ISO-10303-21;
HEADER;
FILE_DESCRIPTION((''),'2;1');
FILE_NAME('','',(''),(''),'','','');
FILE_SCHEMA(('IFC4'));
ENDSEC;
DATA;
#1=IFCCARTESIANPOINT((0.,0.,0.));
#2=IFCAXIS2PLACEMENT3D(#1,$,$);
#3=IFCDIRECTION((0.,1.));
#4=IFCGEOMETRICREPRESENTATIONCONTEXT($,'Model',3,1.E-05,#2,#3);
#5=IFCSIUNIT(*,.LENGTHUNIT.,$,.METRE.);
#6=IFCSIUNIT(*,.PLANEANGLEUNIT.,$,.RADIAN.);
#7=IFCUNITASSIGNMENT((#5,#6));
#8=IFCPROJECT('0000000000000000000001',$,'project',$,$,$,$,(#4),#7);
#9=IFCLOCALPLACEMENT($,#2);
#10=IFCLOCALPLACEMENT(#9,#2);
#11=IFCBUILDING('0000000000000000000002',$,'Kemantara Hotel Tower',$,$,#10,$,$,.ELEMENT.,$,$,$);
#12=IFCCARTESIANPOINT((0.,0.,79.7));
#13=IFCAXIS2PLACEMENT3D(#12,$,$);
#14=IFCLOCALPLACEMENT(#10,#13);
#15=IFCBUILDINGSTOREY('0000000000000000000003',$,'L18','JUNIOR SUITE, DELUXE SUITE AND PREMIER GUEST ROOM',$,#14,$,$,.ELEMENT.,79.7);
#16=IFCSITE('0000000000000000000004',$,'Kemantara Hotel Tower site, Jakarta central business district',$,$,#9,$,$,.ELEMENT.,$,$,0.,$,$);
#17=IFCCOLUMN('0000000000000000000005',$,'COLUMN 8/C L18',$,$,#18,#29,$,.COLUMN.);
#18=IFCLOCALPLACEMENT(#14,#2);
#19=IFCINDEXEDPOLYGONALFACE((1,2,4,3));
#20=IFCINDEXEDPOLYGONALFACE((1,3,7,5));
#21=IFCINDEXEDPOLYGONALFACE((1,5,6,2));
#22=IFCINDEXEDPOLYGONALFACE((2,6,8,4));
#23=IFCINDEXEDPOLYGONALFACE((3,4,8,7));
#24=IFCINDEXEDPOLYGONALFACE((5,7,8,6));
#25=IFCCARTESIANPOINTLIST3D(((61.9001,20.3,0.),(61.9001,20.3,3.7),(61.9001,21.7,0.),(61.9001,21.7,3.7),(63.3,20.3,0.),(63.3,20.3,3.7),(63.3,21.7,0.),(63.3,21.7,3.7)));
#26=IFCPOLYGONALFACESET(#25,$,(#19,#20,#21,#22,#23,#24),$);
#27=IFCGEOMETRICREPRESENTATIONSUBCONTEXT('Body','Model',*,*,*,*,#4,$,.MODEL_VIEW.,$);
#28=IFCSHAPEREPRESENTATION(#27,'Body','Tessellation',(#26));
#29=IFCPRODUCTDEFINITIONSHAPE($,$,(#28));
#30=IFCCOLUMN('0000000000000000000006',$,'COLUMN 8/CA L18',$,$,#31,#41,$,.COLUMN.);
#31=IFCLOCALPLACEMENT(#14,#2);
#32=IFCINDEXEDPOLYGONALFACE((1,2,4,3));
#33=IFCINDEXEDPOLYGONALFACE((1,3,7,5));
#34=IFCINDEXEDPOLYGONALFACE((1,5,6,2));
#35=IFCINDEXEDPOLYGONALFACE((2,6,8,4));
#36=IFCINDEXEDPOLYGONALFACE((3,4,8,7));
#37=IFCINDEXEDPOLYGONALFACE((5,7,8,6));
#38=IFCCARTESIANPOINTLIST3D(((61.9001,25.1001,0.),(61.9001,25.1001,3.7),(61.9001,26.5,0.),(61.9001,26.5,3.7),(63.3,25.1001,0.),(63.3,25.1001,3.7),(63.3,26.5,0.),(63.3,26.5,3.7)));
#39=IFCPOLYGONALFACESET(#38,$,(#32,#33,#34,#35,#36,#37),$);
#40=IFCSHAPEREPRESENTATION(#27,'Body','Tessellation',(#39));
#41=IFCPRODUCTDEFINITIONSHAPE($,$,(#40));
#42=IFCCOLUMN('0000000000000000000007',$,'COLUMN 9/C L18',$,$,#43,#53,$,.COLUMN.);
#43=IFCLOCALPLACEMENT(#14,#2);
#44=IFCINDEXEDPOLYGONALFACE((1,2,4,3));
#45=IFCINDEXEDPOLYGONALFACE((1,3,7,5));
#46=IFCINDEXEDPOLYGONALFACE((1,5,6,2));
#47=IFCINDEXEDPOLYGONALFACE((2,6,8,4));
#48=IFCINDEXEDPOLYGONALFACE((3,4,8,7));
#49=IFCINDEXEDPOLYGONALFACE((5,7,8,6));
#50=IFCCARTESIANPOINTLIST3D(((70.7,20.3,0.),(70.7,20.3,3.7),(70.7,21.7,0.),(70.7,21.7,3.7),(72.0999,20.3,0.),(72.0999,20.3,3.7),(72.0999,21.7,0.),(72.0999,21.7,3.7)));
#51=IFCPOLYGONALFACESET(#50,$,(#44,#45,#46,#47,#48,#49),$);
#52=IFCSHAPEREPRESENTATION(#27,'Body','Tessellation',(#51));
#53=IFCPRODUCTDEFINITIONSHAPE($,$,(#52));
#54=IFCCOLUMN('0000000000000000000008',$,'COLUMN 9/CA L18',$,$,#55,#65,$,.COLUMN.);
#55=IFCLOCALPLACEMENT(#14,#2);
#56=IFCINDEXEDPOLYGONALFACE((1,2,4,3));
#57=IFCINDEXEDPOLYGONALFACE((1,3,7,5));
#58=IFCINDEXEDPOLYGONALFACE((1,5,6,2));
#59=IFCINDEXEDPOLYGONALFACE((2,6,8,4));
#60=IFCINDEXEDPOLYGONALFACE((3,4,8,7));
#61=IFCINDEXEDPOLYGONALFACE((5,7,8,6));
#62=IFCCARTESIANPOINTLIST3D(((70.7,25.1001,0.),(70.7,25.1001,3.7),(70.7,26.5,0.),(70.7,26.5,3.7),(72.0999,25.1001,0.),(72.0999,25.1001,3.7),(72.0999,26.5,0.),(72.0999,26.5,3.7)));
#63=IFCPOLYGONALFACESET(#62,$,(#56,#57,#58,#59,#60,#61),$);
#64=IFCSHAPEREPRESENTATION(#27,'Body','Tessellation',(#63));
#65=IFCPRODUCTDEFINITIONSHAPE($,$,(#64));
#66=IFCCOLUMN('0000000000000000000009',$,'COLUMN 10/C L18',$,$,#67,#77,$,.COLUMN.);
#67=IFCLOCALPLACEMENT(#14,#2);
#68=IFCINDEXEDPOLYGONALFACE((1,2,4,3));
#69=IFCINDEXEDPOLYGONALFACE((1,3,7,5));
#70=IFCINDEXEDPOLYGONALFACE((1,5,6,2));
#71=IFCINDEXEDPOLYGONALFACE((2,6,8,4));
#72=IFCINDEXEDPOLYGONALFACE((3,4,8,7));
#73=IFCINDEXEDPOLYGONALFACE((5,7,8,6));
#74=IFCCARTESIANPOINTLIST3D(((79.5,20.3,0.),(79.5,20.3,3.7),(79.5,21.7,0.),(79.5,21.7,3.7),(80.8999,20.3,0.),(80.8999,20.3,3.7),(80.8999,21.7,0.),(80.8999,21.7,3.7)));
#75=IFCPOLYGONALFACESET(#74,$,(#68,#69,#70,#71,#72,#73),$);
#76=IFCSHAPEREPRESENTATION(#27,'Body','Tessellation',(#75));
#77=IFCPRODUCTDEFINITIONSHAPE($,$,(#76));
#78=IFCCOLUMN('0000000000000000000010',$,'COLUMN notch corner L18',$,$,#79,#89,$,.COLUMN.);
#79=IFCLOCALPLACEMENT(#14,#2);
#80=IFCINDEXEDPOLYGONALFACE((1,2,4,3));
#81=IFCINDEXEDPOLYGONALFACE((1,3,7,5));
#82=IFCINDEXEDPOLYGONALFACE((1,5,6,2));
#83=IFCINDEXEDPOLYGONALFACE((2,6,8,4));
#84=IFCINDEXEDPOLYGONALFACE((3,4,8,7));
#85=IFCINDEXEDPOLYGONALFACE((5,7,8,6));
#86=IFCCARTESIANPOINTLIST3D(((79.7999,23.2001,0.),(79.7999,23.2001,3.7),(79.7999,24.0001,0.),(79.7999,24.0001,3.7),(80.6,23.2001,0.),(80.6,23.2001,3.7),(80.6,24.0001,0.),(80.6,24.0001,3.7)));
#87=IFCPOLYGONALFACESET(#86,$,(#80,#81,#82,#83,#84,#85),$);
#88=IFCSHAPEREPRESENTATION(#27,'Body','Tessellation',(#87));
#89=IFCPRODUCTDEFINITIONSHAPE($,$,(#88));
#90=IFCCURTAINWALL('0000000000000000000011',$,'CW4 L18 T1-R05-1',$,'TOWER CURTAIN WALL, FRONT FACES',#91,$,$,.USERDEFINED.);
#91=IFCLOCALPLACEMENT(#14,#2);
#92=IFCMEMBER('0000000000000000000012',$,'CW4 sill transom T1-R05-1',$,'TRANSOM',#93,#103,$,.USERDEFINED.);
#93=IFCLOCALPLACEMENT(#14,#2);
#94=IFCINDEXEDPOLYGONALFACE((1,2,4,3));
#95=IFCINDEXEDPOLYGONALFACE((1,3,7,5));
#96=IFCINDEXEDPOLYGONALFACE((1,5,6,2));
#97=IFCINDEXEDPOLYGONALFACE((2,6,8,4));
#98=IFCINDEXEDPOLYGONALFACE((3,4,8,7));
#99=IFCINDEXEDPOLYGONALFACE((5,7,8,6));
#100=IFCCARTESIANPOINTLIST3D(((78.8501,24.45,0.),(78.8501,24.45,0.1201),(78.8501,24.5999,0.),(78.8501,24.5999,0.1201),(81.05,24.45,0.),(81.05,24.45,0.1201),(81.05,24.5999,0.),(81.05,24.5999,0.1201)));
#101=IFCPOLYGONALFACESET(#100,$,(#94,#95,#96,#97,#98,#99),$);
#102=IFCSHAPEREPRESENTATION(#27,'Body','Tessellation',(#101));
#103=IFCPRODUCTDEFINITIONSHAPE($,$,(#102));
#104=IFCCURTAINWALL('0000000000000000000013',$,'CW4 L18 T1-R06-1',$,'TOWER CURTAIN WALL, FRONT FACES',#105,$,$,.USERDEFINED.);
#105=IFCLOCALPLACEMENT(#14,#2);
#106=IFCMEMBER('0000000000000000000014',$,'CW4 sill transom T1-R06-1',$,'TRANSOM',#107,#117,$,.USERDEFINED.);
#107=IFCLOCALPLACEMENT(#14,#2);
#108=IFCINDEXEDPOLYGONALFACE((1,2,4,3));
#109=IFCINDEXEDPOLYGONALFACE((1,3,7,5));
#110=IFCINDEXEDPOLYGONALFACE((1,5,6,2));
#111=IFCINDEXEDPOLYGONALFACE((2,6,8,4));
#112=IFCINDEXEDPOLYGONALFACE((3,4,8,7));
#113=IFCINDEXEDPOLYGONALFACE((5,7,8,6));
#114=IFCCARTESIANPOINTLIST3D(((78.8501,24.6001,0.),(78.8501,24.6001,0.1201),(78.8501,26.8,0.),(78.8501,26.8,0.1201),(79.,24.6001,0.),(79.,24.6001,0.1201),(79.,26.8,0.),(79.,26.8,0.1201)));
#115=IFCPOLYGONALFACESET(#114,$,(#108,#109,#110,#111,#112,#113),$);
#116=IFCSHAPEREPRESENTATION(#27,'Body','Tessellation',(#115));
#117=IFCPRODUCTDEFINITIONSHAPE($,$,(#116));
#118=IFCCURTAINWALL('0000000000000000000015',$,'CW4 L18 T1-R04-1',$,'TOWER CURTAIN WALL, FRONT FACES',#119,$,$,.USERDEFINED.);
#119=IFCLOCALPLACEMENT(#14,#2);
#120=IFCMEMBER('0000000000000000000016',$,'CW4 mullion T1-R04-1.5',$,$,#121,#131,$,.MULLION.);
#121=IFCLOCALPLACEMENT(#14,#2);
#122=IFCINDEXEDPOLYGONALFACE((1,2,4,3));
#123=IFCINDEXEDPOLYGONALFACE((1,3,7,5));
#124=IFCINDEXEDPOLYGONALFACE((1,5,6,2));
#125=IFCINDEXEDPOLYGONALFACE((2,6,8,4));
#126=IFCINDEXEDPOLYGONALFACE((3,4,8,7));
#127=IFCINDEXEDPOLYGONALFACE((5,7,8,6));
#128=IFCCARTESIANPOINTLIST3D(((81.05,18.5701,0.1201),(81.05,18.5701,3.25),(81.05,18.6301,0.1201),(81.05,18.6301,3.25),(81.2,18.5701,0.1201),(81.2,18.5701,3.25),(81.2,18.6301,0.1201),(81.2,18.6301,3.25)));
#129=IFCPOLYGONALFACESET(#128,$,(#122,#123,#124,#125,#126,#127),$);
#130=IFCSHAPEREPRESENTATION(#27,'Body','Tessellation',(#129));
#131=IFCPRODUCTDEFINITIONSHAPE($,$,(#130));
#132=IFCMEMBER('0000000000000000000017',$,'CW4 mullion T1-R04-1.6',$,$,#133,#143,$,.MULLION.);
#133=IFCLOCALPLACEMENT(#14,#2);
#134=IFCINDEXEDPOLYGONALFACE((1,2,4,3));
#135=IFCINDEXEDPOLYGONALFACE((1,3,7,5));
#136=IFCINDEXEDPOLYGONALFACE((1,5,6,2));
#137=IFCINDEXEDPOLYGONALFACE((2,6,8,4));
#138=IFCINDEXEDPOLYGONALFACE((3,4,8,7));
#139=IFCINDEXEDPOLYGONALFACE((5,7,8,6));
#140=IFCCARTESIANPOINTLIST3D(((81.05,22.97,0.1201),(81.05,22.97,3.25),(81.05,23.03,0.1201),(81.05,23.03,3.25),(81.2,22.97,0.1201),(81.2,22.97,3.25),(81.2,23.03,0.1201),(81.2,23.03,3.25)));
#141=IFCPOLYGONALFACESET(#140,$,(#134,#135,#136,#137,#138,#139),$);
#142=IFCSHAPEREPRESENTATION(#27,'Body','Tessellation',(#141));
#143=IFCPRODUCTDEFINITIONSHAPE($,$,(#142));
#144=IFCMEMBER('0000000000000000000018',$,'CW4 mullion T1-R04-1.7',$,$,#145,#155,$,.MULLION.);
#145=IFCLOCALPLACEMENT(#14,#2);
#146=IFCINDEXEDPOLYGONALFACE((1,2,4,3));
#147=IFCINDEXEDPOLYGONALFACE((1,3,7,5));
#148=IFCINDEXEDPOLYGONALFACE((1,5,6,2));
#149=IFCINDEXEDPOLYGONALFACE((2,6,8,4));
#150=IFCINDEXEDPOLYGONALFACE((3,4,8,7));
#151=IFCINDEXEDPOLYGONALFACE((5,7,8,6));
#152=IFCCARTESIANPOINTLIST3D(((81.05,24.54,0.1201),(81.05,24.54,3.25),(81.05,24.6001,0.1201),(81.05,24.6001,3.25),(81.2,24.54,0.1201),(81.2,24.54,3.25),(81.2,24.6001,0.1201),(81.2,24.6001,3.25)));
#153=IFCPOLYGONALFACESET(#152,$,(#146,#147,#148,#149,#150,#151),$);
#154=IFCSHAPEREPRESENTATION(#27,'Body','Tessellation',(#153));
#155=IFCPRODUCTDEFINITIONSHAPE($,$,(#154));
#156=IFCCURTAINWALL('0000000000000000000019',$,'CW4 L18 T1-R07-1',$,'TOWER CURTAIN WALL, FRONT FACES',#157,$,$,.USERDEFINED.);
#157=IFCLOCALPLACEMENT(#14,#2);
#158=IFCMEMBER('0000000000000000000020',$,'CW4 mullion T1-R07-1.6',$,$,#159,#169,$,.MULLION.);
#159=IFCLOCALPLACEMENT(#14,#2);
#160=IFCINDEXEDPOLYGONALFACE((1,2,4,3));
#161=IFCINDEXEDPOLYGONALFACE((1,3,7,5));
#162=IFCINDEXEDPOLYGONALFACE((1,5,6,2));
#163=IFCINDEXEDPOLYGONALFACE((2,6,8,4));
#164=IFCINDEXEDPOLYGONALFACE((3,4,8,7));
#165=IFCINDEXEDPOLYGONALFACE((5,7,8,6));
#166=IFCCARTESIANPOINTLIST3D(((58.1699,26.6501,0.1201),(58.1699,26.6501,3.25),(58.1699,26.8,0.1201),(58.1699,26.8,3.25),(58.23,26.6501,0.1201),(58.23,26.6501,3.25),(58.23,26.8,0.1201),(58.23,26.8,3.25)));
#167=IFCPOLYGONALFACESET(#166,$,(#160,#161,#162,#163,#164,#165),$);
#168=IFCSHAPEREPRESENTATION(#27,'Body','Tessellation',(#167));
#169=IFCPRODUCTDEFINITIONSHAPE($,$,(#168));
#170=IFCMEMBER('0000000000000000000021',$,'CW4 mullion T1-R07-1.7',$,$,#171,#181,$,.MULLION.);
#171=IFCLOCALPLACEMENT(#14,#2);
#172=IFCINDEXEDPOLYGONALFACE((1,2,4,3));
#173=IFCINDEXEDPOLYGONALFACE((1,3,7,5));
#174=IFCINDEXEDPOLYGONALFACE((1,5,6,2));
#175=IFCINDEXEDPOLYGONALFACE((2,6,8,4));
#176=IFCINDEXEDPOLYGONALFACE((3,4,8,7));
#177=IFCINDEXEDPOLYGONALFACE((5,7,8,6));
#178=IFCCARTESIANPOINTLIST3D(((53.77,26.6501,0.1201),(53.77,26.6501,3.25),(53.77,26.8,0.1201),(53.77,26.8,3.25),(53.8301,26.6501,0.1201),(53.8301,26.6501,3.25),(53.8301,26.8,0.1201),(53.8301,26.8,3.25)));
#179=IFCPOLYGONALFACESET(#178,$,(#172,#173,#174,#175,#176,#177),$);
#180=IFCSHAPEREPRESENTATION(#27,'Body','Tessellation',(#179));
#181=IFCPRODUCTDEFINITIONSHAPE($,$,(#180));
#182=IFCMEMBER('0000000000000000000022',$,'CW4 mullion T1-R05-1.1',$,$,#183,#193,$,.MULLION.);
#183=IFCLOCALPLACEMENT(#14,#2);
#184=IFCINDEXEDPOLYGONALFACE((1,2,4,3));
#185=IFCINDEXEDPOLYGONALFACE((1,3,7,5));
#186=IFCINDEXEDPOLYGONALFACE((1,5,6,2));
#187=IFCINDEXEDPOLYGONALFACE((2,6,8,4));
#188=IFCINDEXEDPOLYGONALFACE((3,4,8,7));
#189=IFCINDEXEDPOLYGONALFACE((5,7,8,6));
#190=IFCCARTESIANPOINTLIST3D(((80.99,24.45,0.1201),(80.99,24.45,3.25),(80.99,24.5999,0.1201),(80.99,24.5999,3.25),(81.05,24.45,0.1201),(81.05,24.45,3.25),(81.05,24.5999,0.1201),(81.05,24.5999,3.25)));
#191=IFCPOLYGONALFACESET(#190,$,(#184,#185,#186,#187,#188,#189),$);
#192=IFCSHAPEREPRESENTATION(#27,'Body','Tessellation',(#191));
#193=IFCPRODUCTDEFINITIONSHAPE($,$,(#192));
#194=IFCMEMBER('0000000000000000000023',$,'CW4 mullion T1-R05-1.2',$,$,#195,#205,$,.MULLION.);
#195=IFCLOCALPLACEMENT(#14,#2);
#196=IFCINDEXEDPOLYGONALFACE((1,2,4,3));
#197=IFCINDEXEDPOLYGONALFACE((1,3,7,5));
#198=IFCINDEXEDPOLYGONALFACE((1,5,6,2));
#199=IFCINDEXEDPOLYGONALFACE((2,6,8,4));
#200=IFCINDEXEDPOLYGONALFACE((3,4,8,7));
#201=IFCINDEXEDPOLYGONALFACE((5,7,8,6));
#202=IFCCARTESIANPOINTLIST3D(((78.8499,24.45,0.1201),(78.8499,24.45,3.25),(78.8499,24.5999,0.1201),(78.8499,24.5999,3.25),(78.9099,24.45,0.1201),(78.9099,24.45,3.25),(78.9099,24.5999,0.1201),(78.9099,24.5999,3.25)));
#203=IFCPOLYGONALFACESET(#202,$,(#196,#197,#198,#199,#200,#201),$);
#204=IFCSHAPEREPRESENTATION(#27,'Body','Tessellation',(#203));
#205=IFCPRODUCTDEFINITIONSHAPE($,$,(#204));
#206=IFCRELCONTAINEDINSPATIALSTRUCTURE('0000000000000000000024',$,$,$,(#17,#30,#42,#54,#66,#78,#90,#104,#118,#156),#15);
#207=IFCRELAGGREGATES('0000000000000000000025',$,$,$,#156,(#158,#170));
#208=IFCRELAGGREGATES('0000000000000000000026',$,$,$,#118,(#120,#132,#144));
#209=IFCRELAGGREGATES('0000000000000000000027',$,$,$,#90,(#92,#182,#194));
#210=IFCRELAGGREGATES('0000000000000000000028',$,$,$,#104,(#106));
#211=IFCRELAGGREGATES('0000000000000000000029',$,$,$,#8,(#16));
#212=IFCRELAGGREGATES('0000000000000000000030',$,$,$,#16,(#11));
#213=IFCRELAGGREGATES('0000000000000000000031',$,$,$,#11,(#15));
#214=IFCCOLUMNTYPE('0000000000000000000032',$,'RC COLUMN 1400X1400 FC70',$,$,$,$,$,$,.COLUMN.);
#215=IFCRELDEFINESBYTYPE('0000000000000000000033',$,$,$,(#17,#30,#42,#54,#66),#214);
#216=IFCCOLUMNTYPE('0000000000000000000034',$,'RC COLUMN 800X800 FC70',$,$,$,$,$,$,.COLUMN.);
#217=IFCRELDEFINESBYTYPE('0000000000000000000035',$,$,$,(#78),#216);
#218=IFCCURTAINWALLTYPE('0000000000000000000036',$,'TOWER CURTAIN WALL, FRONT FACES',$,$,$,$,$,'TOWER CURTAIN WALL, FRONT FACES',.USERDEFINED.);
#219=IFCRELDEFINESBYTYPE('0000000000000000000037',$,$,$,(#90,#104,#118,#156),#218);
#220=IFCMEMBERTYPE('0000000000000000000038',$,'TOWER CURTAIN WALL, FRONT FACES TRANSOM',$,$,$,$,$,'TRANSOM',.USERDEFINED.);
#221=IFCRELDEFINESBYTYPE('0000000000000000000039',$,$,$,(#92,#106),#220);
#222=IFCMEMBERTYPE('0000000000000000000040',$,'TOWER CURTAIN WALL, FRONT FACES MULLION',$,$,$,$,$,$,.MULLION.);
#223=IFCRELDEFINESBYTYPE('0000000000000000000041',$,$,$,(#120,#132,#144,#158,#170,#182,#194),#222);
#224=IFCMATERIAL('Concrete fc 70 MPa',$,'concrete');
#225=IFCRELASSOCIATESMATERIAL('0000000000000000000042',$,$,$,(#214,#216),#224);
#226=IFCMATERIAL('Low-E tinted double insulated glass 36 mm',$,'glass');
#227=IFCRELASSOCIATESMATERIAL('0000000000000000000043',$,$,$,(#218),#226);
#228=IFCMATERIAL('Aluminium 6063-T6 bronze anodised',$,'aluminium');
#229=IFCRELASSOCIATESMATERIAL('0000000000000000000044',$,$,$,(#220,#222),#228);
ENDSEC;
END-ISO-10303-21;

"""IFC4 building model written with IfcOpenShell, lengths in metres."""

from ifc_helpers import new_model, si_unit, direction, frame, origin, origin_2d, place, context, subcontext, project, spatial, rectangle, extrude, source, transform, mapped, material, material_profile, profile_set, type_object, element, aggregate, save


model = new_model("IFC4")

# Units and contexts
model_context = context("Model", 3, precision=1e-05, world=origin(), true_north=direction((0.0, 1.0)))
body_context = subcontext(model_context, "Body", "Model", "MODEL_VIEW")
ifc_project = project(units=[si_unit("LENGTHUNIT", "METRE"), si_unit("PLANEANGLEUNIT", "RADIAN")], contexts=[model_context])

# Site, building, storey
site_placement = place(None, origin())
site = spatial("IfcSite", under=ifc_project, at=site_placement, Name="Kemantara Hotel Tower site, Jakarta central business district", CompositionType="ELEMENT", RefElevation=0.0)
building_placement = place(site_placement, origin())
building = spatial("IfcBuilding", under=site, at=building_placement, Name="Kemantara Hotel Tower", CompositionType="ELEMENT")
storey_placement = place(building_placement, frame((0.0, 0.0, 79.7)))
storey = spatial("IfcBuildingStorey", under=building, at=storey_placement, Name="L18", Description="JUNIOR SUITE, DELUXE SUITE AND PREMIER GUEST ROOM", CompositionType="ELEMENT", Elevation=79.7)

# Columns
ifc_material_1 = material(Name="Concrete fc 70 MPa", Category="concrete")
ifc_material_profile_1 = material_profile(ifc_material_1, rectangle(XDim=1.3999, YDim=1.3999, at=origin_2d()), Name="RC 1400X1400")
ifc_profile_set_1 = profile_set([ifc_material_profile_1], Name="Concrete fc 70 MPa")
column_type_1 = type_object("IfcColumnType", Name="RC COLUMN 1400X1400 FC70", PredefinedType="COLUMN", material=ifc_profile_set_1)
for number, where, z_axis, x_axis, name in (
    (1, (62.6001, 21.0, 0.0), (0.0, 0.0, 1.0), (1.0, 0.0, 0.0), "COLUMN 8/C L18"),
    (2, (62.6001, 25.8, 0.0), (0.0, 0.0, 1.0), (1.0, 0.0, 0.0), "COLUMN 8/CA L18"),
    (3, (71.3999, 21.0, 0.0), (0.0, 0.0, 1.0), (1.0, 0.0, 0.0), "COLUMN 9/C L18"),
    (4, (71.3999, 25.8, 0.0), (0.0, 0.0, 1.0), (1.0, 0.0, 0.0), "COLUMN 9/CA L18"),
    (5, (80.2, 21.0, 0.0), (0.0, 0.0, 1.0), (1.0, 0.0, 0.0), "COLUMN 10/C L18"),
):
    element("IfcColumn", number, at=place(storey_placement, frame(where, z_axis=z_axis, x_axis=x_axis)), inside=storey, type_object=column_type_1, Name=name, PredefinedType="COLUMN", context=body_context, shape_type="SweptSolid", body=[
        extrude(rectangle(XDim=1.3999, YDim=1.3999, at=origin_2d()), origin(), (0.0, 0.0, 1.0), 3.7),
    ])
ifc_material_profile_2 = material_profile(ifc_material_1, rectangle(XDim=0.8, YDim=0.8, at=origin_2d()), Name="RC 800X800")
ifc_profile_set_2 = profile_set([ifc_material_profile_2], Name="Concrete fc 70 MPa")
column_type_2 = type_object("IfcColumnType", Name="RC COLUMN 800X800 FC70", PredefinedType="COLUMN", material=ifc_profile_set_2)
column_placement = place(storey_placement, frame((80.2, 23.6001, 0.0), z_axis=(0.0, 0.0, 1.0), x_axis=(1.0, 0.0, 0.0)))
element("IfcColumn", 6, at=column_placement, inside=storey, type_object=column_type_2, Name="COLUMN notch corner L18", PredefinedType="COLUMN", context=body_context, shape_type="SweptSolid", body=[
    extrude(rectangle(XDim=0.8, YDim=0.8, at=origin_2d()), origin(), (0.0, 0.0, 1.0), 3.7),
])

# Curtain walls, members
ifc_material_2 = material(Name="Low-E tinted double insulated glass 36 mm", Category="glass")
curtain_wall_type = type_object("IfcCurtainWallType", Name="TOWER CURTAIN WALL, FRONT FACES", ElementType="TOWER CURTAIN WALL, FRONT FACES", PredefinedType="USERDEFINED", material=ifc_material_2)
curtain_wall_1_placement = place(storey_placement, origin())
curtain_wall_1 = element("IfcCurtainWall", 7, at=curtain_wall_1_placement, inside=storey, type_object=curtain_wall_type, Name="CW4 L18 T1-R05-1", ObjectType="TOWER CURTAIN WALL, FRONT FACES", PredefinedType="USERDEFINED")
ifc_material_3 = material(Name="Aluminium 6063-T6 bronze anodised", Category="aluminium")
ifc_material_profile_3 = material_profile(ifc_material_3, rectangle(XDim=0.1499, YDim=0.1201, at=origin_2d()), Name="TOWER CURTAIN WALL, FRONT FACES TRANSOM")
ifc_profile_set_3 = profile_set([ifc_material_profile_3], Name="Aluminium 6063-T6 bronze anodised")
member_type_1 = type_object("IfcMemberType", Name="TOWER CURTAIN WALL, FRONT FACES TRANSOM", ElementType="TRANSOM", PredefinedType="USERDEFINED", material=ifc_profile_set_3)
member_1_placement = place(storey_placement, frame((81.05, 24.5249, 0.0601), z_axis=(-1.0, 0.0, 0.0), x_axis=(0.0, -1.0, 0.0)))
member_1 = element("IfcMember", 8, at=member_1_placement, type_object=member_type_1, Name="CW4 sill transom T1-R05-1", ObjectType="TRANSOM", PredefinedType="USERDEFINED", context=body_context, shape_type="SweptSolid", body=[
    extrude(rectangle(XDim=0.1499, YDim=0.1201, at=origin_2d()), origin(), (0.0, 0.0, 1.0), 2.2),
])
curtain_wall_2_placement = place(storey_placement, origin())
curtain_wall_2 = element("IfcCurtainWall", 9, at=curtain_wall_2_placement, inside=storey, type_object=curtain_wall_type, Name="CW4 L18 T1-R06-1", ObjectType="TOWER CURTAIN WALL, FRONT FACES", PredefinedType="USERDEFINED")
member_2_placement = place(storey_placement, frame((78.925, 24.6001, 0.0601), z_axis=(0.0, 1.0, 0.0), x_axis=(-1.0, 0.0, 0.0)))
member_2 = element("IfcMember", 10, at=member_2_placement, type_object=member_type_1, Name="CW4 sill transom T1-R06-1", ObjectType="TRANSOM", PredefinedType="USERDEFINED", context=body_context, shape_type="SweptSolid", body=[
    extrude(rectangle(XDim=0.1499, YDim=0.1201, at=origin_2d()), origin(), (0.0, 0.0, 1.0), 2.2),
])

# Curtain walls, members
curtain_wall_3_placement = place(storey_placement, origin())
curtain_wall_3 = element("IfcCurtainWall", 11, at=curtain_wall_3_placement, inside=storey, type_object=curtain_wall_type, Name="CW4 L18 T1-R04-1", ObjectType="TOWER CURTAIN WALL, FRONT FACES", PredefinedType="USERDEFINED")
ifc_material_profile_4 = material_profile(ifc_material_3, rectangle(XDim=0.1499, YDim=0.0601, at=origin_2d()), Name="TOWER CURTAIN WALL, FRONT FACES MULLION")
ifc_profile_set_4 = profile_set([ifc_material_profile_4], Name="Aluminium 6063-T6 bronze anodised")
member_type_2 = type_object("IfcMemberType", Name="TOWER CURTAIN WALL, FRONT FACES MULLION", PredefinedType="MULLION", material=ifc_profile_set_4)
shared_shape_1 = source(origin(), body_context, "Body", "SweptSolid", [
    extrude(rectangle(XDim=0.1499, YDim=0.0601, at=origin_2d()), origin(), (0.0, 0.0, 1.0), 3.1299),
])
member_3_placement = place(storey_placement, frame((81.125, 18.6001, 0.1201), z_axis=(0.0, 0.0, 1.0), x_axis=(-1.0, 0.0, 0.0)))
member_3 = element("IfcMember", 12, at=member_3_placement, type_object=member_type_2, Name="CW4 mullion T1-R04-1.5", PredefinedType="MULLION", context=body_context, shape_type="MappedRepresentation", body=[
    mapped(shared_shape_1, transform((0.0, 0.0, 0.0))),
])
member_4_placement = place(storey_placement, frame((81.125, 23.0, 0.1201), z_axis=(0.0, 0.0, 1.0), x_axis=(-1.0, 0.0, 0.0)))
member_4 = element("IfcMember", 13, at=member_4_placement, type_object=member_type_2, Name="CW4 mullion T1-R04-1.6", PredefinedType="MULLION", context=body_context, shape_type="MappedRepresentation", body=[
    mapped(shared_shape_1, transform((0.0, 0.0, 0.0))),
])
member_5_placement = place(storey_placement, frame((81.125, 24.5701, 0.1201), z_axis=(0.0, 0.0, 1.0), x_axis=(-1.0, 0.0, 0.0)))
member_5 = element("IfcMember", 14, at=member_5_placement, type_object=member_type_2, Name="CW4 mullion T1-R04-1.7", PredefinedType="MULLION", context=body_context, shape_type="MappedRepresentation", body=[
    mapped(shared_shape_1, transform((0.0, 0.0, 0.0))),
])
curtain_wall_4_placement = place(storey_placement, origin())
curtain_wall_4 = element("IfcCurtainWall", 15, at=curtain_wall_4_placement, inside=storey, type_object=curtain_wall_type, Name="CW4 L18 T1-R07-1", ObjectType="TOWER CURTAIN WALL, FRONT FACES", PredefinedType="USERDEFINED")
member_6_placement = place(storey_placement, frame((58.2, 26.7251, 0.1201), z_axis=(0.0, 0.0, 1.0), x_axis=(0.0, -1.0, 0.0)))
member_6 = element("IfcMember", 16, at=member_6_placement, type_object=member_type_2, Name="CW4 mullion T1-R07-1.6", PredefinedType="MULLION", context=body_context, shape_type="MappedRepresentation", body=[
    mapped(shared_shape_1, transform((0.0, 0.0, 0.0))),
])
member_7_placement = place(storey_placement, frame((53.8, 26.7251, 0.1201), z_axis=(0.0, 0.0, 1.0), x_axis=(0.0, -1.0, 0.0)))
member_7 = element("IfcMember", 17, at=member_7_placement, type_object=member_type_2, Name="CW4 mullion T1-R07-1.7", PredefinedType="MULLION", context=body_context, shape_type="MappedRepresentation", body=[
    mapped(shared_shape_1, transform((0.0, 0.0, 0.0))),
])

# Members
member_8_placement = place(storey_placement, frame((81.02, 24.5249, 0.1201), z_axis=(0.0, 0.0, 1.0), x_axis=(0.0, -1.0, 0.0)))
member_8 = element("IfcMember", 18, at=member_8_placement, type_object=member_type_2, Name="CW4 mullion T1-R05-1.1", PredefinedType="MULLION", context=body_context, shape_type="MappedRepresentation", body=[
    mapped(shared_shape_1, transform((0.0, 0.0, 0.0))),
])
member_9_placement = place(storey_placement, frame((78.8799, 24.5249, 0.1201), z_axis=(0.0, 0.0, 1.0), x_axis=(0.0, -1.0, 0.0)))
member_9 = element("IfcMember", 19, at=member_9_placement, type_object=member_type_2, Name="CW4 mullion T1-R05-1.2", PredefinedType="MULLION", context=body_context, shape_type="MappedRepresentation", body=[
    mapped(shared_shape_1, transform((0.0, 0.0, 0.0))),
])

aggregate(curtain_wall_4, [member_6, member_7])
aggregate(curtain_wall_3, [member_3, member_4, member_5])
aggregate(curtain_wall_1, [member_1, member_8, member_9])
aggregate(curtain_wall_2, [member_2])

save(model, "model.ifc")
